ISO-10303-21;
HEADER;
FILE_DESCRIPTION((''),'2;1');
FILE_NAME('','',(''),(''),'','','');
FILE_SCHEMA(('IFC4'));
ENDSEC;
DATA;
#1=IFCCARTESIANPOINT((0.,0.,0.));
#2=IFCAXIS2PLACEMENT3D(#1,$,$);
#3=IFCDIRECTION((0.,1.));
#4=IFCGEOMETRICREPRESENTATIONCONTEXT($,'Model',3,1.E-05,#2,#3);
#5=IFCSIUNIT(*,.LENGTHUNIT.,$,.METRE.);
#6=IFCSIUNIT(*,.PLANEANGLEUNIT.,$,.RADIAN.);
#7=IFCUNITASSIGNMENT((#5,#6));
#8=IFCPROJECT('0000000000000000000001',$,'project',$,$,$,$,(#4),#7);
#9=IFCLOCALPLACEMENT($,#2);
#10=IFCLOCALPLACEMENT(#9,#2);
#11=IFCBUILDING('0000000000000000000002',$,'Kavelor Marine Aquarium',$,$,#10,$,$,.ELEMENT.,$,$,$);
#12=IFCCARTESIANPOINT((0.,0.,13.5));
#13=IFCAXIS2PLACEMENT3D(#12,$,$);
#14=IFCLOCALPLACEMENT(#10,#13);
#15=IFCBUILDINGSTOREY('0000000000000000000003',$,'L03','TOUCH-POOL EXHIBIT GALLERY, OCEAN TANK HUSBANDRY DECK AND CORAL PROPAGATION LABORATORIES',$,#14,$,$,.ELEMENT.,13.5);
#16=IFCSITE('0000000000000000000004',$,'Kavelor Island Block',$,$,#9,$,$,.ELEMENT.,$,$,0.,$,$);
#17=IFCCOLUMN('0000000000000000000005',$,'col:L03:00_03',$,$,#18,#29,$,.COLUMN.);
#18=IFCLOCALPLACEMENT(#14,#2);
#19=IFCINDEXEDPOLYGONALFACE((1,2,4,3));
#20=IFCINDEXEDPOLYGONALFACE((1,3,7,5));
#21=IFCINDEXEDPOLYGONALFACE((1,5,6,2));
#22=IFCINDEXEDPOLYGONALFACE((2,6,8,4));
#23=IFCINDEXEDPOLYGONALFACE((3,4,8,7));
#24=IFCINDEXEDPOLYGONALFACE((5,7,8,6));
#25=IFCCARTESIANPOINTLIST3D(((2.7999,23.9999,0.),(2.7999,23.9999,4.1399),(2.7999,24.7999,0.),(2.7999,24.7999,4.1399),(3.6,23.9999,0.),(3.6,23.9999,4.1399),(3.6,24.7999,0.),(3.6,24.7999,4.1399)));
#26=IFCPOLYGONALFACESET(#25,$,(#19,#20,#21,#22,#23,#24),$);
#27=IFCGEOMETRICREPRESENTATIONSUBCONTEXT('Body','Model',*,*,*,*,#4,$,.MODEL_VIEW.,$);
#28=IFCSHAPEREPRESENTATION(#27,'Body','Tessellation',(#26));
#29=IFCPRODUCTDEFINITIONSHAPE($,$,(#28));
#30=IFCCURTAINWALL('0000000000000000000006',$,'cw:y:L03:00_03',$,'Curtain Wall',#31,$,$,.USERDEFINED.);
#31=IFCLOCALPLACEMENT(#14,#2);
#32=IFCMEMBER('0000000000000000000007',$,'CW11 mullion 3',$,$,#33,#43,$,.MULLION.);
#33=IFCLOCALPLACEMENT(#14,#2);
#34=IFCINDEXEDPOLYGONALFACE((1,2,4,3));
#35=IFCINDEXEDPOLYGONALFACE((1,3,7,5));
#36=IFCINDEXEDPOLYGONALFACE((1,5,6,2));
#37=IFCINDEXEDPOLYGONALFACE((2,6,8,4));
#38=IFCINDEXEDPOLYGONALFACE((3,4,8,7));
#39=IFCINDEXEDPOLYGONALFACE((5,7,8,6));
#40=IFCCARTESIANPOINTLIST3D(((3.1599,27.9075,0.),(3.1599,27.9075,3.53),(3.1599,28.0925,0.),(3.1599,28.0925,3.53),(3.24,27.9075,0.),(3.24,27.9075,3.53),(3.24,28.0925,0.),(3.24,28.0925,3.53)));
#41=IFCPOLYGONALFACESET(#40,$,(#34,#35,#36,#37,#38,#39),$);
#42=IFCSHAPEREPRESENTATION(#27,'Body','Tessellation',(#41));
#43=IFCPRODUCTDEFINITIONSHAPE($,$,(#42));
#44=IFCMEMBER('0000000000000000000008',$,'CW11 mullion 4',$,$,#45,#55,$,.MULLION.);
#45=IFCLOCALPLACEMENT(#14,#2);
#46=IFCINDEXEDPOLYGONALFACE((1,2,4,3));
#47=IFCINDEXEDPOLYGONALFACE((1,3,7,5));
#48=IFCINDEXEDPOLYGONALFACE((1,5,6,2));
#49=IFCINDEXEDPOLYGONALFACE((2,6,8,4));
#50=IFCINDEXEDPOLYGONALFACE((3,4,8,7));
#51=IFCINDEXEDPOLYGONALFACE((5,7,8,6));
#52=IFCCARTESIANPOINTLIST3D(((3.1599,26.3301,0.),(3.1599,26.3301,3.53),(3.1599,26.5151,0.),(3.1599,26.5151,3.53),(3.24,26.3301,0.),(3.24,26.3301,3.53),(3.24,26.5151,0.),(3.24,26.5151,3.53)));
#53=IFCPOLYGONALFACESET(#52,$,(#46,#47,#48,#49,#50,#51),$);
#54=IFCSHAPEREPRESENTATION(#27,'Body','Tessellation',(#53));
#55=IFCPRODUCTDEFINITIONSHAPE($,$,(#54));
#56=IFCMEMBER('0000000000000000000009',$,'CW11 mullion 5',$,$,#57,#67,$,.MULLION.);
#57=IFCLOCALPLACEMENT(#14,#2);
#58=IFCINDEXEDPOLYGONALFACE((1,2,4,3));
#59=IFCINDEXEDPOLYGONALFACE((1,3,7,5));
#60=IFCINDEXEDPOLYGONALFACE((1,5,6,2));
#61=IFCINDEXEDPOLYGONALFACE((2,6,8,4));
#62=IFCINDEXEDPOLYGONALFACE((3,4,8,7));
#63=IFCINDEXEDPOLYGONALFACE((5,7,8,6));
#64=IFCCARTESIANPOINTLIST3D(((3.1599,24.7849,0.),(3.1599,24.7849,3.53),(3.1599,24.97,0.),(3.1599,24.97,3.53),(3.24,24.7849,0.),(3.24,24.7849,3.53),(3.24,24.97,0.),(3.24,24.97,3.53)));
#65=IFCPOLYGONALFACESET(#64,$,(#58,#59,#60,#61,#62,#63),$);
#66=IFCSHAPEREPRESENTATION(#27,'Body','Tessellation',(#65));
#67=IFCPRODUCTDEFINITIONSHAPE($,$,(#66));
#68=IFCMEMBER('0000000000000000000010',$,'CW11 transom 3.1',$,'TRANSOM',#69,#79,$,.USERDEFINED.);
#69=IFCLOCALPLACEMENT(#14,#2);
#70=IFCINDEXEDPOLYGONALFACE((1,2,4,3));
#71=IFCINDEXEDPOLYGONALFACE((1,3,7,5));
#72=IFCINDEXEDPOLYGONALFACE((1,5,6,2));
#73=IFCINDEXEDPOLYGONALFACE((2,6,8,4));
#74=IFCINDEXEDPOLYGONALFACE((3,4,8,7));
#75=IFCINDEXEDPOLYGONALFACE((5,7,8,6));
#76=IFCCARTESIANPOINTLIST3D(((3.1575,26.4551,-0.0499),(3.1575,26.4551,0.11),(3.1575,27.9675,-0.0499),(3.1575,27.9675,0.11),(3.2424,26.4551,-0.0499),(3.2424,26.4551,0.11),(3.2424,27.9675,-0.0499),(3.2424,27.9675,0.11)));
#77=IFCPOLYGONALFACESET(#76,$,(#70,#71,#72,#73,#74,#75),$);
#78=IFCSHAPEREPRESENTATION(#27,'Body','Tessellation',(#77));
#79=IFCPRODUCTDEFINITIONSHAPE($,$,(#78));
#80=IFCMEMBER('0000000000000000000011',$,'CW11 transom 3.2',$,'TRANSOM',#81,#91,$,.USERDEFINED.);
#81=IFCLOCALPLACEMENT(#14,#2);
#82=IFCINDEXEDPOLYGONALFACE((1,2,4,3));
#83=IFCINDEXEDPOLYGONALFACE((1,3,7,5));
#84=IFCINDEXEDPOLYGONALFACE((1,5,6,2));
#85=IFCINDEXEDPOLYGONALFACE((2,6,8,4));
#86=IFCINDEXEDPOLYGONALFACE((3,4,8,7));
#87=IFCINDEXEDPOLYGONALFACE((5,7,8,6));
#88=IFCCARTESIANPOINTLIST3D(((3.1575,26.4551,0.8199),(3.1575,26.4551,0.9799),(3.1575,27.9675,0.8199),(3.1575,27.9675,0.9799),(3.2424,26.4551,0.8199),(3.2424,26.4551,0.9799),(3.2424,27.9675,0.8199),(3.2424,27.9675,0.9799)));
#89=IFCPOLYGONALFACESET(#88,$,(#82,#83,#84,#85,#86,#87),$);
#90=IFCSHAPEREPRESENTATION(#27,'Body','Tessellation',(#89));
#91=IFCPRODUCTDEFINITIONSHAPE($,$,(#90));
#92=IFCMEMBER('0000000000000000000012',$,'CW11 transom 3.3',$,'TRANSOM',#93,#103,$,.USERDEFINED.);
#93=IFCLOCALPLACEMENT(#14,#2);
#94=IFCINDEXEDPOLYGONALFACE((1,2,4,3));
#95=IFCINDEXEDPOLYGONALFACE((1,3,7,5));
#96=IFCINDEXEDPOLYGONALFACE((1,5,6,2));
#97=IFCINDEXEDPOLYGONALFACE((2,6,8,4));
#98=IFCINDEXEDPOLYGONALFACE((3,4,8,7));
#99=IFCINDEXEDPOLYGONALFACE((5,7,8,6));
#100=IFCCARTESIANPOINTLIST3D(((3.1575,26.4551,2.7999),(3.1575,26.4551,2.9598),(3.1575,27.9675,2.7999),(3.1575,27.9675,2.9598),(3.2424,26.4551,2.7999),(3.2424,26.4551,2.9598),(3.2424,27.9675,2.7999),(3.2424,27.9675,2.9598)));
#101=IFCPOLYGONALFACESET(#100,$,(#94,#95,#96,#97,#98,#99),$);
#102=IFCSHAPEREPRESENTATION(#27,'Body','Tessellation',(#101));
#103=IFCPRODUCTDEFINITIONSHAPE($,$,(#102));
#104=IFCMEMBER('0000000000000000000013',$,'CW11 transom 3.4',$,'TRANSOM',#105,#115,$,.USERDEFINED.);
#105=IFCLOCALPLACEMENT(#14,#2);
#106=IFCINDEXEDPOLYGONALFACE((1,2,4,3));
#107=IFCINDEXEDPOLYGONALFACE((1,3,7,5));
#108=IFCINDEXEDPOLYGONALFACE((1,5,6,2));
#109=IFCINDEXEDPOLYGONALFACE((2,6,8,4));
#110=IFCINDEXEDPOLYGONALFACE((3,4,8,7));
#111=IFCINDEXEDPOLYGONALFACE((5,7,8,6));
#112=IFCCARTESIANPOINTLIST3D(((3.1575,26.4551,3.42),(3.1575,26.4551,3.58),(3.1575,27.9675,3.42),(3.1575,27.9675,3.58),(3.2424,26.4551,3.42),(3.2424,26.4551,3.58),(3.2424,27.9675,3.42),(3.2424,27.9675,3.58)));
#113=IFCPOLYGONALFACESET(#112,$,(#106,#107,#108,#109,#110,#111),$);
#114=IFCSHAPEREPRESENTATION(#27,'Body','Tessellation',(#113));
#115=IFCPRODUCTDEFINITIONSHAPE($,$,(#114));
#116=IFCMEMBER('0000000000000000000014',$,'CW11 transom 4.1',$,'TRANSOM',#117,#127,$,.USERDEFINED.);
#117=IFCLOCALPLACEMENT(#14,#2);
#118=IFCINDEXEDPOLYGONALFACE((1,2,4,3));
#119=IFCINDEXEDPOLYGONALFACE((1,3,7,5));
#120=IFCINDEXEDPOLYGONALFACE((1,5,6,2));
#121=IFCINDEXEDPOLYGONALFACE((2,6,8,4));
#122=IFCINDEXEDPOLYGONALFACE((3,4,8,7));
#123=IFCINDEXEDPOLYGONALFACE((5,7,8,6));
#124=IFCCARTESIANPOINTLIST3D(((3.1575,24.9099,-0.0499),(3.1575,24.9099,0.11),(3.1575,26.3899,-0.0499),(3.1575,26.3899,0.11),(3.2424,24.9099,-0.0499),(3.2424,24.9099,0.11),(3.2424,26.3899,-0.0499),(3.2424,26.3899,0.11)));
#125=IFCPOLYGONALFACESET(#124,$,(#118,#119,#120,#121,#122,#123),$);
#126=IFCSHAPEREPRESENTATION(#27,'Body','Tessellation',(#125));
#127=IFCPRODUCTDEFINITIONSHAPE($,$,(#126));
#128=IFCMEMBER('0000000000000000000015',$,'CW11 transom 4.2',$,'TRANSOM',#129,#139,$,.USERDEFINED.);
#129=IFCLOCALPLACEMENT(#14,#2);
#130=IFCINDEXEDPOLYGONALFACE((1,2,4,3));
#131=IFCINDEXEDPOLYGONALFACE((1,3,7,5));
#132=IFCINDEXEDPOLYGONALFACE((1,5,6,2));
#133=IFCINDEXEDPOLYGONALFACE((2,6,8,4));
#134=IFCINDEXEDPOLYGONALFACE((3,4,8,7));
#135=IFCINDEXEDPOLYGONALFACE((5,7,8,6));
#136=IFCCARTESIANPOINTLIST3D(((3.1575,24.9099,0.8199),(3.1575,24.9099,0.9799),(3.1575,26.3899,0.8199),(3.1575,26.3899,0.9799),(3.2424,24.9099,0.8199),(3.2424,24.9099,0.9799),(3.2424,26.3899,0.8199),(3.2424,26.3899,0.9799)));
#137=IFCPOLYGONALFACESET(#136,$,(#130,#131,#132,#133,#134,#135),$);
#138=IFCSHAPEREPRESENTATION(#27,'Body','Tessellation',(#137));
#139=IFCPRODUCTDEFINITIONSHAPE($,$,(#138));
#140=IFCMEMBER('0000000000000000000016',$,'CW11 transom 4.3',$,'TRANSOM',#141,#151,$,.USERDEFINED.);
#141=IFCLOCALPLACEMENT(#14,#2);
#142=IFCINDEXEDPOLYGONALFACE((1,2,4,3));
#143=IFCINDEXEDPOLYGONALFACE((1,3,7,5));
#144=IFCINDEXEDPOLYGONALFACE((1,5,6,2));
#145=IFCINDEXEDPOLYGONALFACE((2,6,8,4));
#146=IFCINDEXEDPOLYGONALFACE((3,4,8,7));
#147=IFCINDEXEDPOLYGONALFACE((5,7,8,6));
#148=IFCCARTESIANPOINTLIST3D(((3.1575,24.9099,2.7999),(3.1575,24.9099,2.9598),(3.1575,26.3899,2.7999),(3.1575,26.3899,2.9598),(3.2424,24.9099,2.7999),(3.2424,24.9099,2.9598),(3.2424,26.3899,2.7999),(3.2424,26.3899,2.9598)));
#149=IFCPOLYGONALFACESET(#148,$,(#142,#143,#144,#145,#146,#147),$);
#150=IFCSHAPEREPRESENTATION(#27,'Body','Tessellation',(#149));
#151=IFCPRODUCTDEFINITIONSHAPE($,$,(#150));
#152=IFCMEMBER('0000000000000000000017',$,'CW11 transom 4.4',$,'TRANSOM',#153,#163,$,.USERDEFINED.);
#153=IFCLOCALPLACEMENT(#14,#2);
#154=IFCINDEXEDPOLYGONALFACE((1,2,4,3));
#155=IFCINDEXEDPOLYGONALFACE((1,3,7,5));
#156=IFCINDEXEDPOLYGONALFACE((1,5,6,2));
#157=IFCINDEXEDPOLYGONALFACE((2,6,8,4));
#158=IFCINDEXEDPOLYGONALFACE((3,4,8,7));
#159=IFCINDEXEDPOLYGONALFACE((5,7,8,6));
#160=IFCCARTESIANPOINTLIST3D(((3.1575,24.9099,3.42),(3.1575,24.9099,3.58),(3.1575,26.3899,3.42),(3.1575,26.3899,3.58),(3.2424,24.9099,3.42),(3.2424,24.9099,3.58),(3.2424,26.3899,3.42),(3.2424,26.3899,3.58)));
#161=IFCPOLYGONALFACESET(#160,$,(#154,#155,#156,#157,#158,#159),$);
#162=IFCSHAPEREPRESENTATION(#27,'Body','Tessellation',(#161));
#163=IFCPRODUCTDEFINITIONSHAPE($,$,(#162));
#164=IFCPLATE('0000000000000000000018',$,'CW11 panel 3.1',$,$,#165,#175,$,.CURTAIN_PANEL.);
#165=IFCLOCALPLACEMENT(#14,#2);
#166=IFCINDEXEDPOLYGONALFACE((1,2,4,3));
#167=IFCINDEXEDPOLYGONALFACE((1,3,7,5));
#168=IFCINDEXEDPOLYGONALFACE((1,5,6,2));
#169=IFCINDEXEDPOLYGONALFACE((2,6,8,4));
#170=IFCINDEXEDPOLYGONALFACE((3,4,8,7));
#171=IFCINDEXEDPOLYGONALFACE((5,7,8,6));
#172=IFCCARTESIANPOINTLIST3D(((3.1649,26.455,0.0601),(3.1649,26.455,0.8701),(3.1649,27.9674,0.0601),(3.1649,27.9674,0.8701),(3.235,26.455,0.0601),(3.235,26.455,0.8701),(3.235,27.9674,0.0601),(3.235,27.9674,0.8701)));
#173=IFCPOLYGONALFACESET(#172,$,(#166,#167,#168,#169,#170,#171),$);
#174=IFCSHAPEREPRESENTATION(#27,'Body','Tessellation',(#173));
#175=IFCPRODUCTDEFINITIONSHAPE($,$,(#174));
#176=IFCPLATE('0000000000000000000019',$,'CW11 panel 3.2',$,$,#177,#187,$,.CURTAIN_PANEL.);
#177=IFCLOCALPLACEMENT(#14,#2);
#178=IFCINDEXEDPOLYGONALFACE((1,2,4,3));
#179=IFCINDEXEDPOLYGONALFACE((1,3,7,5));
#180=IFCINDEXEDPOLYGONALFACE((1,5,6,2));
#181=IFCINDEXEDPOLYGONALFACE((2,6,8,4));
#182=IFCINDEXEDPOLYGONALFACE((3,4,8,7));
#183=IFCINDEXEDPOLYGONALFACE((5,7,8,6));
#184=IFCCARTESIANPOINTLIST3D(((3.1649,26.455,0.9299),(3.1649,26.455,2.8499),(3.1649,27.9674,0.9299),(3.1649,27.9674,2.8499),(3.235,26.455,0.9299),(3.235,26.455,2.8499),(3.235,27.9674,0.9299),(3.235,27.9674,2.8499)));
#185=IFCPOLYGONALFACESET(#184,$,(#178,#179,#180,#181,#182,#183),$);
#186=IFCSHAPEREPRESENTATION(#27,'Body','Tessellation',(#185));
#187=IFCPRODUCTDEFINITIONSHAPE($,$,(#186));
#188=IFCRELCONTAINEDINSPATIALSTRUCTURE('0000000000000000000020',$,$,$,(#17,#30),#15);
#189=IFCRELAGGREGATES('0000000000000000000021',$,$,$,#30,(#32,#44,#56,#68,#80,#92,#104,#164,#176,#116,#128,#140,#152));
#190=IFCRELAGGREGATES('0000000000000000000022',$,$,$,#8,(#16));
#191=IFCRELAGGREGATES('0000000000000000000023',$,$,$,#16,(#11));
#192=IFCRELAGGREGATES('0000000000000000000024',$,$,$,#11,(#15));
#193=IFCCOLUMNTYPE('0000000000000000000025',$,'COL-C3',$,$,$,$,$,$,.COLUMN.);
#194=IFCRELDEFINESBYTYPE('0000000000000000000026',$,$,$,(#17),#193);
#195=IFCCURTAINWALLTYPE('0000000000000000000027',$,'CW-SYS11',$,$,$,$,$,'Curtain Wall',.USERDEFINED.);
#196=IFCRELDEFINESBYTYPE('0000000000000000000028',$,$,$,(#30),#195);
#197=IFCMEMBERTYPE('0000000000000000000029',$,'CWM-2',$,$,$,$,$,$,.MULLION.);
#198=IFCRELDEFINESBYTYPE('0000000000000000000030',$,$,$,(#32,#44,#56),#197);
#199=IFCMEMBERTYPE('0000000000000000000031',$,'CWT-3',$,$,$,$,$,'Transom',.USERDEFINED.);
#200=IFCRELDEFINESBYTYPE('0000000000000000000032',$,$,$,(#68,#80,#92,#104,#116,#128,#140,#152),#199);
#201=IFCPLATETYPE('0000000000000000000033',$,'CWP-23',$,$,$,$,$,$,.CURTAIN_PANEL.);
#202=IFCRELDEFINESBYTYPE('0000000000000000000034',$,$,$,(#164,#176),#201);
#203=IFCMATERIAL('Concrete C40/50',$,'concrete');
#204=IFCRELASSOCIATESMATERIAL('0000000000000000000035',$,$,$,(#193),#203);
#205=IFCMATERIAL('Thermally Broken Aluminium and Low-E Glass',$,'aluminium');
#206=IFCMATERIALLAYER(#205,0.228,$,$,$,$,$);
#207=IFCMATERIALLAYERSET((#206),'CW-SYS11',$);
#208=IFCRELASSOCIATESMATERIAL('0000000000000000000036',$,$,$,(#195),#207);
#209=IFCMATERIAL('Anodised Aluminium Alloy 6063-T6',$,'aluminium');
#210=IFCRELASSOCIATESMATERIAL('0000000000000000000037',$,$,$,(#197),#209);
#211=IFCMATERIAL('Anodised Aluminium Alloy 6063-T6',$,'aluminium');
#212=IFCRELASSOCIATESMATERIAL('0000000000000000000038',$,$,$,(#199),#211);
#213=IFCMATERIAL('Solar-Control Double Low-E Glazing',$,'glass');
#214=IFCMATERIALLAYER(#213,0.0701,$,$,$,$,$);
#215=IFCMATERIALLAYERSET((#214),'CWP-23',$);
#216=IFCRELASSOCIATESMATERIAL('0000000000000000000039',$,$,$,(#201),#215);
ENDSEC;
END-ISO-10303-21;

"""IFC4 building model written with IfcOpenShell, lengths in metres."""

from ifc_helpers import new_model, si_unit, direction, frame, origin, origin_2d, place, context, subcontext, project, spatial, rectangle, extrude, material, layer, layer_set, material_profile, profile_set, type_object, element, aggregate, save


model = new_model("IFC4")

# Units and contexts
model_context = context("Model", 3, precision=1e-05, world=origin(), true_north=direction((0.0, 1.0)))
body_context = subcontext(model_context, "Body", "Model", "MODEL_VIEW")
ifc_project = project(units=[si_unit("LENGTHUNIT", "METRE"), si_unit("PLANEANGLEUNIT", "RADIAN")], contexts=[model_context])

# Site, building, storey
site_placement = place(None, origin())
site = spatial("IfcSite", under=ifc_project, at=site_placement, Name="Kavelor Island Block", CompositionType="ELEMENT", RefElevation=0.0)
building_placement = place(site_placement, origin())
building = spatial("IfcBuilding", under=site, at=building_placement, Name="Kavelor Marine Aquarium", CompositionType="ELEMENT")
storey_placement = place(building_placement, frame((0.0, 0.0, 13.5)))
storey = spatial("IfcBuildingStorey", under=building, at=storey_placement, Name="L03", Description="TOUCH-POOL EXHIBIT GALLERY, OCEAN TANK HUSBANDRY DECK AND CORAL PROPAGATION LABORATORIES", CompositionType="ELEMENT", Elevation=13.5)

# Column
ifc_material_1 = material(Name="Concrete C40/50", Category="concrete")
ifc_material_profile_1 = material_profile(ifc_material_1, rectangle(XDim=0.8, YDim=0.8, at=origin_2d()), Name="RC-COL 800x800")
ifc_profile_set_1 = profile_set([ifc_material_profile_1], Name="Concrete C40/50")
column_type = type_object("IfcColumnType", Name="COL-C3", PredefinedType="COLUMN", material=ifc_profile_set_1)
column_placement = place(storey_placement, frame((3.2, 24.3999, 0.0), z_axis=(0.0, 0.0, 1.0), x_axis=(1.0, 0.0, 0.0)))
element("IfcColumn", 1, at=column_placement, inside=storey, type_object=column_type, Name="col:L03:00_03", PredefinedType="COLUMN", context=body_context, shape_type="SweptSolid", body=[
    extrude(rectangle(XDim=0.8, YDim=0.8, at=origin_2d()), origin(), (0.0, 0.0, 1.0), 4.1399),
])

# Curtain wall, members, plates
ifc_material_2 = material(Name="Thermally Broken Aluminium and Low-E Glass", Category="aluminium")
ifc_layer_1 = layer(ifc_material_2, 0.228)
ifc_layer_set_1 = layer_set([ifc_layer_1], Name="CW-SYS11")
curtain_wall_type = type_object("IfcCurtainWallType", Name="CW-SYS11", ElementType="Curtain Wall", PredefinedType="USERDEFINED", material=ifc_layer_set_1)
curtain_wall_placement = place(storey_placement, origin())
curtain_wall = element("IfcCurtainWall", 2, at=curtain_wall_placement, inside=storey, type_object=curtain_wall_type, Name="cw:y:L03:00_03", ObjectType="Curtain Wall", PredefinedType="USERDEFINED")
ifc_material_3 = material(Name="Anodised Aluminium Alloy 6063-T6", Category="aluminium")
ifc_material_profile_2 = material_profile(ifc_material_3, rectangle(XDim=0.0801, YDim=0.1851, at=origin_2d()), Name="CW-MUL 80x185")
ifc_profile_set_2 = profile_set([ifc_material_profile_2], Name="Anodised Aluminium Alloy 6063-T6")
member_type_1 = type_object("IfcMemberType", Name="CWM-2", PredefinedType="MULLION", material=ifc_profile_set_2)
member_1_placement = place(storey_placement, frame((3.2, 28.0, 0.0), z_axis=(0.0, 0.0, 1.0), x_axis=(1.0, 0.0, 0.0)))
member_1 = element("IfcMember", 3, at=member_1_placement, type_object=member_type_1, Name="CW11 mullion 3", PredefinedType="MULLION", context=body_context, shape_type="SweptSolid", body=[
    extrude(rectangle(XDim=0.0801, YDim=0.1851, at=origin_2d()), origin(), (0.0, 0.0, 1.0), 3.53),
])
member_2_placement = place(storey_placement, frame((3.2, 26.4226, 0.0), z_axis=(0.0, 0.0, 1.0), x_axis=(1.0, 0.0, 0.0)))
member_2 = element("IfcMember", 4, at=member_2_placement, type_object=member_type_1, Name="CW11 mullion 4", PredefinedType="MULLION", context=body_context, shape_type="SweptSolid", body=[
    extrude(rectangle(XDim=0.0801, YDim=0.1851, at=origin_2d()), origin(), (0.0, 0.0, 1.0), 3.53),
])
member_3_placement = place(storey_placement, frame((3.2, 24.8774, 0.0), z_axis=(0.0, 0.0, 1.0), x_axis=(1.0, 0.0, 0.0)))
member_3 = element("IfcMember", 5, at=member_3_placement, type_object=member_type_1, Name="CW11 mullion 5", PredefinedType="MULLION", context=body_context, shape_type="SweptSolid", body=[
    extrude(rectangle(XDim=0.0801, YDim=0.1851, at=origin_2d()), origin(), (0.0, 0.0, 1.0), 3.53),
])
ifc_material_4 = material(Name="Anodised Aluminium Alloy 6063-T6", Category="aluminium")
ifc_material_profile_3 = material_profile(ifc_material_4, rectangle(XDim=0.085, YDim=0.1599, at=origin_2d()), Name="CW-TRN 85x160")
ifc_profile_set_3 = profile_set([ifc_material_profile_3], Name="Anodised Aluminium Alloy 6063-T6")
member_type_2 = type_object("IfcMemberType", Name="CWT-3", ElementType="Transom", PredefinedType="USERDEFINED", material=ifc_profile_set_3)
member_4_placement = place(storey_placement, frame((3.2, 27.9675, 0.03), z_axis=(0.0, -1.0, 0.0), x_axis=(1.0, 0.0, 0.0)))
member_4 = element("IfcMember", 6, at=member_4_placement, type_object=member_type_2, Name="CW11 transom 3.1", ObjectType="TRANSOM", PredefinedType="USERDEFINED", context=body_context, shape_type="SweptSolid", body=[
    extrude(rectangle(XDim=0.085, YDim=0.1599, at=origin_2d()), origin(), (0.0, 0.0, 1.0), 1.5125),
])
member_5_placement = place(storey_placement, frame((3.2, 27.9675, 0.8999), z_axis=(0.0, -1.0, 0.0), x_axis=(1.0, 0.0, 0.0)))
member_5 = element("IfcMember", 7, at=member_5_placement, type_object=member_type_2, Name="CW11 transom 3.2", ObjectType="TRANSOM", PredefinedType="USERDEFINED", context=body_context, shape_type="SweptSolid", body=[
    extrude(rectangle(XDim=0.085, YDim=0.1599, at=origin_2d()), origin(), (0.0, 0.0, 1.0), 1.5125),
])
member_6_placement = place(storey_placement, frame((3.2, 27.9675, 2.8799), z_axis=(0.0, -1.0, 0.0), x_axis=(1.0, 0.0, 0.0)))
member_6 = element("IfcMember", 8, at=member_6_placement, type_object=member_type_2, Name="CW11 transom 3.3", ObjectType="TRANSOM", PredefinedType="USERDEFINED", context=body_context, shape_type="SweptSolid", body=[
    extrude(rectangle(XDim=0.085, YDim=0.1599, at=origin_2d()), origin(), (0.0, 0.0, 1.0), 1.5125),
])
member_7_placement = place(storey_placement, frame((3.2, 27.9675, 3.5), z_axis=(0.0, -1.0, 0.0), x_axis=(1.0, 0.0, 0.0)))
member_7 = element("IfcMember", 9, at=member_7_placement, type_object=member_type_2, Name="CW11 transom 3.4", ObjectType="TRANSOM", PredefinedType="USERDEFINED", context=body_context, shape_type="SweptSolid", body=[
    extrude(rectangle(XDim=0.085, YDim=0.1599, at=origin_2d()), origin(), (0.0, 0.0, 1.0), 1.5125),
])
member_8_placement = place(storey_placement, frame((3.2, 26.3899, 0.03), z_axis=(0.0, -1.0, 0.0), x_axis=(1.0, 0.0, 0.0)))
member_8 = element("IfcMember", 10, at=member_8_placement, type_object=member_type_2, Name="CW11 transom 4.1", ObjectType="TRANSOM", PredefinedType="USERDEFINED", context=body_context, shape_type="SweptSolid", body=[
    extrude(rectangle(XDim=0.085, YDim=0.1599, at=origin_2d()), origin(), (0.0, 0.0, 1.0), 1.48),
])
member_9_placement = place(storey_placement, frame((3.2, 26.3899, 0.8999), z_axis=(0.0, -1.0, 0.0), x_axis=(1.0, 0.0, 0.0)))
member_9 = element("IfcMember", 11, at=member_9_placement, type_object=member_type_2, Name="CW11 transom 4.2", ObjectType="TRANSOM", PredefinedType="USERDEFINED", context=body_context, shape_type="SweptSolid", body=[
    extrude(rectangle(XDim=0.085, YDim=0.1599, at=origin_2d()), origin(), (0.0, 0.0, 1.0), 1.48),
])
member_10_placement = place(storey_placement, frame((3.2, 26.3899, 2.8799), z_axis=(0.0, -1.0, 0.0), x_axis=(1.0, 0.0, 0.0)))
member_10 = element("IfcMember", 12, at=member_10_placement, type_object=member_type_2, Name="CW11 transom 4.3", ObjectType="TRANSOM", PredefinedType="USERDEFINED", context=body_context, shape_type="SweptSolid", body=[
    extrude(rectangle(XDim=0.085, YDim=0.1599, at=origin_2d()), origin(), (0.0, 0.0, 1.0), 1.48),
])
member_11_placement = place(storey_placement, frame((3.2, 26.3899, 3.5), z_axis=(0.0, -1.0, 0.0), x_axis=(1.0, 0.0, 0.0)))
member_11 = element("IfcMember", 13, at=member_11_placement, type_object=member_type_2, Name="CW11 transom 4.4", ObjectType="TRANSOM", PredefinedType="USERDEFINED", context=body_context, shape_type="SweptSolid", body=[
    extrude(rectangle(XDim=0.085, YDim=0.1599, at=origin_2d()), origin(), (0.0, 0.0, 1.0), 1.48),
])
ifc_material_5 = material(Name="Solar-Control Double Low-E Glazing", Category="glass")
ifc_layer_2 = layer(ifc_material_5, 0.0701)
ifc_layer_set_2 = layer_set([ifc_layer_2], Name="CWP-23")
plate_type = type_object("IfcPlateType", Name="CWP-23", PredefinedType="CURTAIN_PANEL", material=ifc_layer_set_2)
plate_1_placement = place(storey_placement, frame((3.2, 27.2112, 0.0601), z_axis=(0.0, 0.0, 1.0), x_axis=(0.0, -1.0, 0.0)))
plate_1 = element("IfcPlate", 14, at=plate_1_placement, type_object=plate_type, Name="CW11 panel 3.1", PredefinedType="CURTAIN_PANEL", context=body_context, shape_type="SweptSolid", body=[
    extrude(rectangle(XDim=1.5125, YDim=0.0701, at=origin_2d()), origin(), (0.0, 0.0, 1.0), 0.8101),
])
plate_2_placement = place(storey_placement, frame((3.2, 27.2112, 0.9299), z_axis=(0.0, 0.0, 1.0), x_axis=(0.0, -1.0, 0.0)))
plate_2 = element("IfcPlate", 15, at=plate_2_placement, type_object=plate_type, Name="CW11 panel 3.2", PredefinedType="CURTAIN_PANEL", context=body_context, shape_type="SweptSolid", body=[
    extrude(rectangle(XDim=1.5125, YDim=0.0701, at=origin_2d()), origin(), (0.0, 0.0, 1.0), 1.9199),
])
aggregate(curtain_wall, [member_1, member_2, member_3, member_4, member_5, member_6, member_7, plate_1, plate_2, member_8, member_9, member_10, member_11])

save(model, "model.ifc")
